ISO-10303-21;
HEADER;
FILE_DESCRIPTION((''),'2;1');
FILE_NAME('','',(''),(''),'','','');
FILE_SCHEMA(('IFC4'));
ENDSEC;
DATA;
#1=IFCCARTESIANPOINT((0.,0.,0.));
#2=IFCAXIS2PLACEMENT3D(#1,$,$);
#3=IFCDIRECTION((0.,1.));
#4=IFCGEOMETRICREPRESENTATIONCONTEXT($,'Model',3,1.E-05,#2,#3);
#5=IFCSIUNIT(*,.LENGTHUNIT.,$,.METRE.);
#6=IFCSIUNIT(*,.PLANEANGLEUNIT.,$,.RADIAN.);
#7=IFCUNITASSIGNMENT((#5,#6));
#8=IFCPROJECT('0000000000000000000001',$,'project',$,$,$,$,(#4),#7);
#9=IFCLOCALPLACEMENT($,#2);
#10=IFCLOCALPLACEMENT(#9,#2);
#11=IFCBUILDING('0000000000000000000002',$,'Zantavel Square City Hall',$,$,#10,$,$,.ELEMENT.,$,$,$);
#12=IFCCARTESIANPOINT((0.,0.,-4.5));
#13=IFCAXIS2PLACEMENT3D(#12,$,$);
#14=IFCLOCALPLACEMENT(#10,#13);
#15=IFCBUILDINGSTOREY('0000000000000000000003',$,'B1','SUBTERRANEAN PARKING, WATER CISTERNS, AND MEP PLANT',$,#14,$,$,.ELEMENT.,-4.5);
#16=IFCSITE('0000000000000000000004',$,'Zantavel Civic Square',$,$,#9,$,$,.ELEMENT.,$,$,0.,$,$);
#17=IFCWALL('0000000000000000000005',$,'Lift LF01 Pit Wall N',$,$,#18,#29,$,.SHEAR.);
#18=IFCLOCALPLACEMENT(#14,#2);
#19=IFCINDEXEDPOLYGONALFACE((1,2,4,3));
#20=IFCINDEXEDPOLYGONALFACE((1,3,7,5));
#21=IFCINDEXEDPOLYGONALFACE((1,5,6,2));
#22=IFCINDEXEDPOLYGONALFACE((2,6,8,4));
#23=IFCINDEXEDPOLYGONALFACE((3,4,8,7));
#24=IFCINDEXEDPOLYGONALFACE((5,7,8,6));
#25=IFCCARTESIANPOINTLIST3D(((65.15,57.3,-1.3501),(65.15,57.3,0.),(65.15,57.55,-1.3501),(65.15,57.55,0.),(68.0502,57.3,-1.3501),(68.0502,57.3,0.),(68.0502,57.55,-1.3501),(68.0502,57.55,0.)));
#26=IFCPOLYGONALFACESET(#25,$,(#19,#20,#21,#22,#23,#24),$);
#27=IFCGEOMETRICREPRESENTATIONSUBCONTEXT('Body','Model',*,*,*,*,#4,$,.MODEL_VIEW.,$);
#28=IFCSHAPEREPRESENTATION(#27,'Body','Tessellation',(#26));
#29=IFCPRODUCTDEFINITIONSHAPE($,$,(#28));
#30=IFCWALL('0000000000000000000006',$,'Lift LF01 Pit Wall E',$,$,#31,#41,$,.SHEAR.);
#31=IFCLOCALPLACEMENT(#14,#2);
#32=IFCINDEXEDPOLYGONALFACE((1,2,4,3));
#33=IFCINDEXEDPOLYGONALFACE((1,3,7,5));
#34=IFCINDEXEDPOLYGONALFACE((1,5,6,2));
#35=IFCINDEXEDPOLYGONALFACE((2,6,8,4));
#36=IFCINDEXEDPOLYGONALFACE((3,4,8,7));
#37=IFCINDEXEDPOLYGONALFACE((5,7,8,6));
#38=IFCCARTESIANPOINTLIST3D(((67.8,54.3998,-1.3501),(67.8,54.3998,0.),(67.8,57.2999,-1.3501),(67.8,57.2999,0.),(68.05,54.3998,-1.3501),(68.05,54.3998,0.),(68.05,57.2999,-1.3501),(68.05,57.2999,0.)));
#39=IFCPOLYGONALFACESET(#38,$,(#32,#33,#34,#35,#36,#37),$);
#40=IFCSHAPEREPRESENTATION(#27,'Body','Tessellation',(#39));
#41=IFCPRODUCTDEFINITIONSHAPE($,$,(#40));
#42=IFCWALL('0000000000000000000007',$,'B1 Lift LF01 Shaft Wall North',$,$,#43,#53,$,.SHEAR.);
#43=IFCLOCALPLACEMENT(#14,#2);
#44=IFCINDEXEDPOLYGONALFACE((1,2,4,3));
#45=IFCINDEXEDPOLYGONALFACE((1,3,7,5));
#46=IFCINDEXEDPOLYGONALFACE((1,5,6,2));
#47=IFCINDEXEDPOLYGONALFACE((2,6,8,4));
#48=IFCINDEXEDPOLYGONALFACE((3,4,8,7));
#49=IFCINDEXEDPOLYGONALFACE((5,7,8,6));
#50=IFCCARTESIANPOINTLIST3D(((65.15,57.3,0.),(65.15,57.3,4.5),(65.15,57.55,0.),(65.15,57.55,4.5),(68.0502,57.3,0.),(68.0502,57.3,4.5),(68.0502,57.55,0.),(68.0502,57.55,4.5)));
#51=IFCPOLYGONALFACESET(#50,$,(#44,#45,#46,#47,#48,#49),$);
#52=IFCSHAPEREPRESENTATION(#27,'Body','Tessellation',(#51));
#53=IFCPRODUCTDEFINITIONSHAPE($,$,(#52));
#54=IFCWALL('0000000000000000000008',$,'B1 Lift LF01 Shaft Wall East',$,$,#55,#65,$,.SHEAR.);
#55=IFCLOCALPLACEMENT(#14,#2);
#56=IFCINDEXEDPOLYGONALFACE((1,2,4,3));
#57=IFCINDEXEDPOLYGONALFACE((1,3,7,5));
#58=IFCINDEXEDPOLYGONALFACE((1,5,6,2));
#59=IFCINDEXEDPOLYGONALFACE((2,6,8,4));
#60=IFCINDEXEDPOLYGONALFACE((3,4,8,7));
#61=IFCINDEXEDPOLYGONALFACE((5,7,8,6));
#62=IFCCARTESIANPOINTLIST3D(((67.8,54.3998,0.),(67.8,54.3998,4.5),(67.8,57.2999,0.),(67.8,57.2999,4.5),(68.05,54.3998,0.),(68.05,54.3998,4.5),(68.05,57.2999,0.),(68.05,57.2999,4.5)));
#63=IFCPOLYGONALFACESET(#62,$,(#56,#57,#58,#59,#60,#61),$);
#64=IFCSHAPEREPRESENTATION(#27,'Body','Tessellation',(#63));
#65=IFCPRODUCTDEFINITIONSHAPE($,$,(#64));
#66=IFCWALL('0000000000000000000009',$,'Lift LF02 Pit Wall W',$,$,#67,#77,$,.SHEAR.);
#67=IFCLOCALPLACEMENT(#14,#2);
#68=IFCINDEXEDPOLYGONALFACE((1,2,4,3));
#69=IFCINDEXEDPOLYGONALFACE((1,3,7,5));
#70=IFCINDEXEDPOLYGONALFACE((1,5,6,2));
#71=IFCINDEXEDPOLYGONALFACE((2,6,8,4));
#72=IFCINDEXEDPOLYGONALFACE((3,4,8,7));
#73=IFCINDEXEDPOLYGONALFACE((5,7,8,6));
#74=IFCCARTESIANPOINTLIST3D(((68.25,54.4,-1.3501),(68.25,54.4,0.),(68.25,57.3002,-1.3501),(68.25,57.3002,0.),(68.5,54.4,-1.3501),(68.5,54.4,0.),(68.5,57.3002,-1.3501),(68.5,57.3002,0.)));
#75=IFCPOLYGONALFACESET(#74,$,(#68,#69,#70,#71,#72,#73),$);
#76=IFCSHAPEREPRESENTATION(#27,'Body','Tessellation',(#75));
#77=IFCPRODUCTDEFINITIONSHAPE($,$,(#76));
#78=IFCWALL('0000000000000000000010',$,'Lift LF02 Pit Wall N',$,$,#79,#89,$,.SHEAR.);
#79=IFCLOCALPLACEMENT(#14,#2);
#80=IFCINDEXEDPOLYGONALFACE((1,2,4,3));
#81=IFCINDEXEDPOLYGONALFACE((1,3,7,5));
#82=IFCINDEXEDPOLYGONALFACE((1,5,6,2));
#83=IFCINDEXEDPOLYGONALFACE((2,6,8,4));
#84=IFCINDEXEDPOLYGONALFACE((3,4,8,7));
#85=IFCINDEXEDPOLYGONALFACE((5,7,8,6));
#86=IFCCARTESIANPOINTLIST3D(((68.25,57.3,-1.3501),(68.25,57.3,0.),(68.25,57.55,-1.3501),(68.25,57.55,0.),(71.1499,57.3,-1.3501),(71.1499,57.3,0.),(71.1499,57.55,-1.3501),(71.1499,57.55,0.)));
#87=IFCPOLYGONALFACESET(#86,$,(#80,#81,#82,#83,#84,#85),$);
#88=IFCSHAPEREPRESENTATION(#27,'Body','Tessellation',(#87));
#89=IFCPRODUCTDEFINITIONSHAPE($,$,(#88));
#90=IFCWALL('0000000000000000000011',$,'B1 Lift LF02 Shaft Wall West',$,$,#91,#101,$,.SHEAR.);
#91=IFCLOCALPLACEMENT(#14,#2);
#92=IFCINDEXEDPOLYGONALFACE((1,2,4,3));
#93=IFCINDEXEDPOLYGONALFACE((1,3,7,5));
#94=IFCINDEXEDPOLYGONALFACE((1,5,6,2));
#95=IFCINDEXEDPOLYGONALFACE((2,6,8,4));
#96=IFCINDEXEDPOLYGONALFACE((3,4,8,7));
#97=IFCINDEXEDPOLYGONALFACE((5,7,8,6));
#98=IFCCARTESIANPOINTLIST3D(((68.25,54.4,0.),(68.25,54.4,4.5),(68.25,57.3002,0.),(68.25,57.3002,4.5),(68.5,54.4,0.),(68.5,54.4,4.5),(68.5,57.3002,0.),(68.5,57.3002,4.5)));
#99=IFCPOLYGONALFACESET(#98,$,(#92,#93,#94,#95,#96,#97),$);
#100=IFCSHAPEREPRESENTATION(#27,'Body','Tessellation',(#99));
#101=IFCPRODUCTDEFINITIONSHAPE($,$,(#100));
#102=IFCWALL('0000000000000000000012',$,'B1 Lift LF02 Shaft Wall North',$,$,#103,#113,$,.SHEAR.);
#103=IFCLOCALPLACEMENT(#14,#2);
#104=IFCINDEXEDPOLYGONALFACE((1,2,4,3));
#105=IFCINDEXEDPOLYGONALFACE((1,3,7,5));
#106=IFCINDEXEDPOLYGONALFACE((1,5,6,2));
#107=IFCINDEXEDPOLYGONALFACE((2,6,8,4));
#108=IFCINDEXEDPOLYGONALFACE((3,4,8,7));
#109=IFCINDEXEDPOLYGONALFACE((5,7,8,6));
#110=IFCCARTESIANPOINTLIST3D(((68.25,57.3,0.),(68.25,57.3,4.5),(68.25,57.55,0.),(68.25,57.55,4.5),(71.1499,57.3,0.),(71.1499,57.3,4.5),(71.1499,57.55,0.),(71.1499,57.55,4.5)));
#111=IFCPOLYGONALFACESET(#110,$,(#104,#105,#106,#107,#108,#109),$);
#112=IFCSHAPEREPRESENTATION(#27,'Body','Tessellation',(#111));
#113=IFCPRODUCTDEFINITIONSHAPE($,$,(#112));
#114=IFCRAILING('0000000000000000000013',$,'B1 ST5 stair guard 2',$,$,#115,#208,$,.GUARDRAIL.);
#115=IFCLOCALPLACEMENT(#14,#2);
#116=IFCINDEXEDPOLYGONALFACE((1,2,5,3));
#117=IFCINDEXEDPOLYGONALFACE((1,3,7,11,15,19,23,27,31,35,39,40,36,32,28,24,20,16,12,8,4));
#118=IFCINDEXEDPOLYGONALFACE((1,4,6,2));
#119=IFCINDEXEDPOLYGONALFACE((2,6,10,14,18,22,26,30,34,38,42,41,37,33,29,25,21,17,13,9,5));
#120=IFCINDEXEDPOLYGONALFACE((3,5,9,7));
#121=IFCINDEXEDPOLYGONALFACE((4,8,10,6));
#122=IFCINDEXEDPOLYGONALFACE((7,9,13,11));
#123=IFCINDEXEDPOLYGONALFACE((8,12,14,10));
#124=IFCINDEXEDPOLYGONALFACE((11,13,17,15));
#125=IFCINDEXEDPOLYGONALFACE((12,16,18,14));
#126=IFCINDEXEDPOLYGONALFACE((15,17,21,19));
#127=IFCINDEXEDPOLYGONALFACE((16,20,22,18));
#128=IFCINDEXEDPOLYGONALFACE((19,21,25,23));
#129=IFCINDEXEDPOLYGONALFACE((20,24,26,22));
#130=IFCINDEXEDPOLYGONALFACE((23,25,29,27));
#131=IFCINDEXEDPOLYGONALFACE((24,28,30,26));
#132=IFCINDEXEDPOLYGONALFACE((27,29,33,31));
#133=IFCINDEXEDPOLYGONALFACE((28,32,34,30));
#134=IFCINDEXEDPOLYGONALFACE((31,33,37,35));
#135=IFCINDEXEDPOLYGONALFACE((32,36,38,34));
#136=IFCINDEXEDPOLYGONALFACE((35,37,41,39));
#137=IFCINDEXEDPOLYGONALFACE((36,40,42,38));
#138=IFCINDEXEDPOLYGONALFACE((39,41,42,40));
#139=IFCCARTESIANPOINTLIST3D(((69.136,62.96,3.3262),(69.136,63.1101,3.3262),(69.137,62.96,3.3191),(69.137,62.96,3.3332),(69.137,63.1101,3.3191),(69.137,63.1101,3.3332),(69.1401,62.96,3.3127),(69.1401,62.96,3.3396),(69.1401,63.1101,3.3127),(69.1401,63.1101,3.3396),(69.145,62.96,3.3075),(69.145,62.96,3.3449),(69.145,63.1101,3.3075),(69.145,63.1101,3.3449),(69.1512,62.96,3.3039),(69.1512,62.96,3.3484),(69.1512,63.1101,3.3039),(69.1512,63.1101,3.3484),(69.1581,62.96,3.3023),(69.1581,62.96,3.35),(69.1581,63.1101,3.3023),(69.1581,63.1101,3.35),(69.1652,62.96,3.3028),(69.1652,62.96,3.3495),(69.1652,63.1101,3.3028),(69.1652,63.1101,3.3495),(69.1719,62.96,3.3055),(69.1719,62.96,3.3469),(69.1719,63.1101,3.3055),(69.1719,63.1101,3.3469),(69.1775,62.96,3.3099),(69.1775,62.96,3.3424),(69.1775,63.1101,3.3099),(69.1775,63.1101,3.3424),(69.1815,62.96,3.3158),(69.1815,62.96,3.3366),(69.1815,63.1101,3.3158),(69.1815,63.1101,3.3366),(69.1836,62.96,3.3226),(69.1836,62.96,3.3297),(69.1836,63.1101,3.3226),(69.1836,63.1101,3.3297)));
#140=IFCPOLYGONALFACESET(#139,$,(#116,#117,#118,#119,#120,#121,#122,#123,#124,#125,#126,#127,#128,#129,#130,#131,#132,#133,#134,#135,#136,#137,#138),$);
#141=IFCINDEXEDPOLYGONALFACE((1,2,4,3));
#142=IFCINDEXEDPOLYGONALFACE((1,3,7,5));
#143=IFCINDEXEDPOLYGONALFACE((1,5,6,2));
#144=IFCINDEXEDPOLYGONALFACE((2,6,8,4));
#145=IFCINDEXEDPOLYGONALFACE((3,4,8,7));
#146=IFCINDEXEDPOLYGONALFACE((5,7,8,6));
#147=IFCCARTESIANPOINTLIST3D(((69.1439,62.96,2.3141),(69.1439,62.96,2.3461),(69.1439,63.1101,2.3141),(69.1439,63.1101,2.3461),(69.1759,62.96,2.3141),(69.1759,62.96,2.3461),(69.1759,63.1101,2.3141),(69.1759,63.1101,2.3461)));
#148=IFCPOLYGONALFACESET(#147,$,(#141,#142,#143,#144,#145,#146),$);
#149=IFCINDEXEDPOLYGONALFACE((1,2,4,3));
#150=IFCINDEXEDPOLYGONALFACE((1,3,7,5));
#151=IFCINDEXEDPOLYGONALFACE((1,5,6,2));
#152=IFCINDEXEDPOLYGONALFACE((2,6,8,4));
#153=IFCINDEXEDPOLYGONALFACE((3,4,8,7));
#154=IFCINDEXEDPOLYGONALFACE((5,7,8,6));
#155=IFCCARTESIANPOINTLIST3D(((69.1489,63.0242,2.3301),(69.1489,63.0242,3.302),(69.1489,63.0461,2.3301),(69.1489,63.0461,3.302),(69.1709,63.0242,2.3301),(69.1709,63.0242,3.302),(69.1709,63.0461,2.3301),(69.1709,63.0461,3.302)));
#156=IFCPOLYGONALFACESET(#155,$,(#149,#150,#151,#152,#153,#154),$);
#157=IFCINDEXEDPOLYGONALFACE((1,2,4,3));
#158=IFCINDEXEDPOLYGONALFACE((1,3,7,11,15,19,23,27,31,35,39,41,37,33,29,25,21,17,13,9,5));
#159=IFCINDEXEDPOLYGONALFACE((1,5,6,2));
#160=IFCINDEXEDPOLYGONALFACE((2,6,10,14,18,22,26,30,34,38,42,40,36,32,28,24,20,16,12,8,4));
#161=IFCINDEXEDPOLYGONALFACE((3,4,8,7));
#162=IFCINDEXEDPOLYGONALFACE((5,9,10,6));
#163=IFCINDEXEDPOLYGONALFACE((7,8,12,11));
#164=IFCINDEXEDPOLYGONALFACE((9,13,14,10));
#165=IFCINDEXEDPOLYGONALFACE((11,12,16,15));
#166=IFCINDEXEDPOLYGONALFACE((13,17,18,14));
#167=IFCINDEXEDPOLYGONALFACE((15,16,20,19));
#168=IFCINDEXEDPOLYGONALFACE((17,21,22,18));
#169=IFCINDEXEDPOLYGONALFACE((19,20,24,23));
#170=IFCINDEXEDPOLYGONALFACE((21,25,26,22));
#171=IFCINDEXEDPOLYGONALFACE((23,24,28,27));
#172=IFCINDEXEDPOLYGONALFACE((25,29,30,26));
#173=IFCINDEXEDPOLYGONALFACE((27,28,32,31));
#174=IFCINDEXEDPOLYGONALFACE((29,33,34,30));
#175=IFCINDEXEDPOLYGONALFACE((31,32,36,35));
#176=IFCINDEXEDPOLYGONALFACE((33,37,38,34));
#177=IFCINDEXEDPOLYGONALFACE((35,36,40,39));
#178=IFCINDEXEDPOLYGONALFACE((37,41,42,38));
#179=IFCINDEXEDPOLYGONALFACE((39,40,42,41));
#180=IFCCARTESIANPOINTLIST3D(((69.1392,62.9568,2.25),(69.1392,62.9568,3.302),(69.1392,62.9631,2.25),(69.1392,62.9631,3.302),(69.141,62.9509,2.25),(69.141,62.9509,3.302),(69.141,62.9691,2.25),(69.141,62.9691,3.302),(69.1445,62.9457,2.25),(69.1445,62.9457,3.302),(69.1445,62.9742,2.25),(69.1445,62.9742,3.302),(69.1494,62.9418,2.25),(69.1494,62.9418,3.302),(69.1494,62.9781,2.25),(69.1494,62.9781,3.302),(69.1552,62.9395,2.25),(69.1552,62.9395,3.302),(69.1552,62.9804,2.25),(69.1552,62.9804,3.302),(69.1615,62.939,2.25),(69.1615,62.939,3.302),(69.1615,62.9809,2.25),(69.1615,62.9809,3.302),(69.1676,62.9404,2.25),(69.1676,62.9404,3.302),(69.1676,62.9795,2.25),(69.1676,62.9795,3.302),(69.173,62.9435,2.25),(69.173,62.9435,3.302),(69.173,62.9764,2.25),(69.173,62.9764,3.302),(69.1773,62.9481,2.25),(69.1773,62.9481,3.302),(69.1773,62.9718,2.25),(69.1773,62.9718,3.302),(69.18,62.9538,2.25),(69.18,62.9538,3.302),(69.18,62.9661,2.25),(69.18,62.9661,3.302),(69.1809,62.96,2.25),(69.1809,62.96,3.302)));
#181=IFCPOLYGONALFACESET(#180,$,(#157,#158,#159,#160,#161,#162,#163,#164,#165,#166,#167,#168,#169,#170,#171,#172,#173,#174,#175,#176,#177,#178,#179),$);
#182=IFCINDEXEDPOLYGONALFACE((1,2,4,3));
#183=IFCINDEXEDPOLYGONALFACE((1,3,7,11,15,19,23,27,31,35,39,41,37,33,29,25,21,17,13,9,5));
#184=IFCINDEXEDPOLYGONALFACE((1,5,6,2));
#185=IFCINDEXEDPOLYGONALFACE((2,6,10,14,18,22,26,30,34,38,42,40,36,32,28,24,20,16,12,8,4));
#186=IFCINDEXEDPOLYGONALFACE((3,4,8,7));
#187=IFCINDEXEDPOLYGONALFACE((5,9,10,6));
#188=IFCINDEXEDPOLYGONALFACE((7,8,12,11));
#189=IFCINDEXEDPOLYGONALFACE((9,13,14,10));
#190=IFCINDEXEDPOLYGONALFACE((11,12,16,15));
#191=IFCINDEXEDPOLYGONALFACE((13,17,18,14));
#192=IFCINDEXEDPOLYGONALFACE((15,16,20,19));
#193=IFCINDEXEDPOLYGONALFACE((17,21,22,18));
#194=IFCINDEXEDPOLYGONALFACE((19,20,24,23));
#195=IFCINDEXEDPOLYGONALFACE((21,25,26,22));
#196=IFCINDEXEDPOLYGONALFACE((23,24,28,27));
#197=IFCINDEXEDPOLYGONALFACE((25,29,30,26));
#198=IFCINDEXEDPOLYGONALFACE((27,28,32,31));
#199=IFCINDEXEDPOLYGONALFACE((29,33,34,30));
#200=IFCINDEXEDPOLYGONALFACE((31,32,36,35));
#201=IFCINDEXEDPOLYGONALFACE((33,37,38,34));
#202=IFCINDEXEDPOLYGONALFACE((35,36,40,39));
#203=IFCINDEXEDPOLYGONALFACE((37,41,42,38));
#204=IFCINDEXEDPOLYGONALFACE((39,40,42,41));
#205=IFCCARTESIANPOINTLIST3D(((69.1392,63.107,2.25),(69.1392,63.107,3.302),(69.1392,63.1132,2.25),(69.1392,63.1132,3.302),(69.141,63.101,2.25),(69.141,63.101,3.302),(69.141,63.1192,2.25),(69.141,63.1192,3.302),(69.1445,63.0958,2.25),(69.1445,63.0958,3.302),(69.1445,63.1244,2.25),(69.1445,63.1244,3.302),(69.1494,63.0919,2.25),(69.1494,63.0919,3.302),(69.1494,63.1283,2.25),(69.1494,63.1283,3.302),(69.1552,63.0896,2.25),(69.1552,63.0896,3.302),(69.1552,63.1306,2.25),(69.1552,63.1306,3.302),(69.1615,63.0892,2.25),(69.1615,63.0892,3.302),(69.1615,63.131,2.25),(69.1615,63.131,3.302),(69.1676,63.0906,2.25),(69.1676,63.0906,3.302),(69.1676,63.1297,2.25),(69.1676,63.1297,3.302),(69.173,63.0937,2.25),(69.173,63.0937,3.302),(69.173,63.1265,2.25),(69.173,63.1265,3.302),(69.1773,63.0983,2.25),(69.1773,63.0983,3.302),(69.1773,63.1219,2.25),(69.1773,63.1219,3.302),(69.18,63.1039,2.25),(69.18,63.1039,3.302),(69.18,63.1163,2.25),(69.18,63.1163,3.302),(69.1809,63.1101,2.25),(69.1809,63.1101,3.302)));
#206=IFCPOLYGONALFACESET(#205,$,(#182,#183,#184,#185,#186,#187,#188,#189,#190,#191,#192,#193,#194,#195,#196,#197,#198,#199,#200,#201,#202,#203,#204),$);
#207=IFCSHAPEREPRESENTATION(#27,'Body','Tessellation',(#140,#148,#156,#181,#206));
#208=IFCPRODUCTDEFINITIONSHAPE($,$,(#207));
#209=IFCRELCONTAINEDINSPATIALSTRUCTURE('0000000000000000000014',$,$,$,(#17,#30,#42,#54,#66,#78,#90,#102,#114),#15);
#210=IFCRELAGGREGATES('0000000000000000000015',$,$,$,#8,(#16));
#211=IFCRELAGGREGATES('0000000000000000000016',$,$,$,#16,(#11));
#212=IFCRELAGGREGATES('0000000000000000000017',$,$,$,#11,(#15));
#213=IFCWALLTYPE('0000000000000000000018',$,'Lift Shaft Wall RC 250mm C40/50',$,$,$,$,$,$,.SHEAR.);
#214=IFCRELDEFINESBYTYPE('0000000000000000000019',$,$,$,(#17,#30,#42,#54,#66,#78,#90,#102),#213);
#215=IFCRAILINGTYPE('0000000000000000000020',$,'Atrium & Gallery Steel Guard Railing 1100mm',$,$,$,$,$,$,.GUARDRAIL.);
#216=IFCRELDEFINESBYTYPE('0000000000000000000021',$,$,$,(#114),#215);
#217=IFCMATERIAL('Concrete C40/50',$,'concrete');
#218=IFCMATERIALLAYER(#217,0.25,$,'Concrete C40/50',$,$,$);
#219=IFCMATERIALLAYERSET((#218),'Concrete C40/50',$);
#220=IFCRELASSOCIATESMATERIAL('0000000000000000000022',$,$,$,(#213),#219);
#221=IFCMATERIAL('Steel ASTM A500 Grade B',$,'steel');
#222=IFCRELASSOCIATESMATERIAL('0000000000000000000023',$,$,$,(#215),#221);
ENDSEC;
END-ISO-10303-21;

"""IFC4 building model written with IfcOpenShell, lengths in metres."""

from ifc_helpers import new_model, si_unit, direction, frame, frame_2d, origin, origin_2d, place, context, subcontext, project, spatial, rectangle, circle, extrude, material, layer, layer_set, type_object, element, save


model = new_model("IFC4")

# Units and contexts
model_context = context("Model", 3, precision=1e-05, world=origin(), true_north=direction((0.0, 1.0)))
body_context = subcontext(model_context, "Body", "Model", "MODEL_VIEW")
ifc_project = project(units=[si_unit("LENGTHUNIT", "METRE"), si_unit("PLANEANGLEUNIT", "RADIAN")], contexts=[model_context])

# Site, building, storey
site_placement = place(None, origin())
site = spatial("IfcSite", under=ifc_project, at=site_placement, Name="Zantavel Civic Square", CompositionType="ELEMENT", RefElevation=0.0)
building_placement = place(site_placement, origin())
building = spatial("IfcBuilding", under=site, at=building_placement, Name="Zantavel Square City Hall", CompositionType="ELEMENT")
storey_placement = place(building_placement, frame((0.0, 0.0, -4.5)))
storey = spatial("IfcBuildingStorey", under=building, at=storey_placement, Name="B1", Description="SUBTERRANEAN PARKING, WATER CISTERNS, AND MEP PLANT", CompositionType="ELEMENT", Elevation=-4.5)

# Walls
ifc_material_1 = material(Name="Concrete C40/50", Category="concrete")
ifc_layer_1 = layer(ifc_material_1, 0.25, Name="Concrete C40/50")
ifc_layer_set_1 = layer_set([ifc_layer_1], Name="Concrete C40/50")
wall_type_1 = type_object("IfcWallType", Name="Lift Shaft Wall RC 250mm C40/50", PredefinedType="SHEAR", material=ifc_layer_set_1)
for number, where, z_axis, x_axis, name in (
    (1, (65.1499, 57.425, -1.3501), (0.0, 0.0, 1.0), (1.0, 0.0, 0.0), "Lift LF01 Pit Wall N"),
    (2, (67.925, 57.3, -1.3501), (0.0, 0.0, 1.0), (0.0, -1.0, 0.0), "Lift LF01 Pit Wall E"),
):
    element("IfcWall", number, at=place(storey_placement, frame(where, z_axis=z_axis, x_axis=x_axis)), inside=storey, type_object=wall_type_1, Name=name, PredefinedType="SHEAR", context=body_context, shape_type="SweptSolid", body=[
        extrude(rectangle(XDim=2.9001, YDim=0.25, at=frame_2d((1.4502, 0.0))), origin(), (0.0, 0.0, 1.0), 1.3501),
    ])
for number, where, z_axis, x_axis, name in (
    (3, (65.1499, 57.425, 0.0), (0.0, 0.0, 1.0), (1.0, 0.0, 0.0), "B1 Lift LF01 Shaft Wall North"),
    (4, (67.925, 57.3, 0.0), (0.0, 0.0, 1.0), (0.0, -1.0, 0.0), "B1 Lift LF01 Shaft Wall East"),
):
    element("IfcWall", number, at=place(storey_placement, frame(where, z_axis=z_axis, x_axis=x_axis)), inside=storey, type_object=wall_type_1, Name=name, PredefinedType="SHEAR", context=body_context, shape_type="SweptSolid", body=[
        extrude(rectangle(XDim=2.9001, YDim=0.25, at=frame_2d((1.4502, 0.0))), origin(), (0.0, 0.0, 1.0), 4.5),
    ])
wall_1_placement = place(storey_placement, frame((68.375, 54.3999, -1.3501), z_axis=(0.0, 0.0, 1.0), x_axis=(0.0, 1.0, 0.0)))
element("IfcWall", 5, at=wall_1_placement, inside=storey, type_object=wall_type_1, Name="Lift LF02 Pit Wall W", PredefinedType="SHEAR", context=body_context, shape_type="SweptSolid", body=[
    extrude(rectangle(XDim=2.9001, YDim=0.25, at=frame_2d((1.4502, 0.0))), origin(), (0.0, 0.0, 1.0), 1.3501),
])
wall_2_placement = place(storey_placement, frame((68.25, 57.425, -1.3501), z_axis=(0.0, 0.0, 1.0), x_axis=(1.0, 0.0, 0.0)))
element("IfcWall", 6, at=wall_2_placement, inside=storey, type_object=wall_type_1, Name="Lift LF02 Pit Wall N", PredefinedType="SHEAR", context=body_context, shape_type="SweptSolid", body=[
    extrude(rectangle(XDim=2.8999, YDim=0.25, at=frame_2d((1.45, 0.0))), origin(), (0.0, 0.0, 1.0), 1.3501),
])
wall_3_placement = place(storey_placement, frame((68.375, 54.3999, 0.0), z_axis=(0.0, 0.0, 1.0), x_axis=(0.0, 1.0, 0.0)))
element("IfcWall", 7, at=wall_3_placement, inside=storey, type_object=wall_type_1, Name="B1 Lift LF02 Shaft Wall West", PredefinedType="SHEAR", context=body_context, shape_type="SweptSolid", body=[
    extrude(rectangle(XDim=2.9001, YDim=0.25, at=frame_2d((1.4502, 0.0))), origin(), (0.0, 0.0, 1.0), 4.5),
])
wall_4_placement = place(storey_placement, frame((68.25, 57.425, 0.0), z_axis=(0.0, 0.0, 1.0), x_axis=(1.0, 0.0, 0.0)))
element("IfcWall", 8, at=wall_4_placement, inside=storey, type_object=wall_type_1, Name="B1 Lift LF02 Shaft Wall North", PredefinedType="SHEAR", context=body_context, shape_type="SweptSolid", body=[
    extrude(rectangle(XDim=2.8999, YDim=0.25, at=frame_2d((1.45, 0.0))), origin(), (0.0, 0.0, 1.0), 4.5),
])

# Railing
ifc_material_2 = material(Name="Steel ASTM A500 Grade B", Category="steel")
railing_type_1 = type_object("IfcRailingType", Name="Atrium & Gallery Steel Guard Railing 1100mm", PredefinedType="GUARDRAIL", material=ifc_material_2)
railing_1_placement = place(storey_placement, frame((69.1599, 62.96, 2.25)))
element("IfcRailing", 9, at=railing_1_placement, inside=storey, type_object=railing_type_1, Name="B1 ST5 stair guard 2", PredefinedType="GUARDRAIL", context=body_context, shape_type="SweptSolid", body=[
    extrude(circle(Radius=0.0239, at=origin_2d()), frame((0.0, 0.0, 1.0762), z_axis=(0.0, 1.0, 0.0), x_axis=(-1.0, 0.0, 0.0)), (0.0, 0.0, 1.0), 0.1501),
    extrude(rectangle(XDim=0.032, YDim=0.032, at=origin_2d()), frame((0.0, 0.0, 0.0801), z_axis=(0.0, 1.0, 0.0), x_axis=(-1.0, 0.0, 0.0)), (0.0, 0.0, 1.0), 0.1501),
    extrude(rectangle(XDim=0.022, YDim=0.022, at=origin_2d()), frame((0.0, 0.0752, 0.0801)), (0.0, 0.0, 1.0), 0.9719),
    extrude(circle(Radius=0.021, at=origin_2d()), origin(), (0.0, 0.0, 1.0), 1.052),
    extrude(circle(Radius=0.021, at=origin_2d()), frame((0.0, 0.1501, 0.0)), (0.0, 0.0, 1.0), 1.052),
])

save(model, "model.ifc")
